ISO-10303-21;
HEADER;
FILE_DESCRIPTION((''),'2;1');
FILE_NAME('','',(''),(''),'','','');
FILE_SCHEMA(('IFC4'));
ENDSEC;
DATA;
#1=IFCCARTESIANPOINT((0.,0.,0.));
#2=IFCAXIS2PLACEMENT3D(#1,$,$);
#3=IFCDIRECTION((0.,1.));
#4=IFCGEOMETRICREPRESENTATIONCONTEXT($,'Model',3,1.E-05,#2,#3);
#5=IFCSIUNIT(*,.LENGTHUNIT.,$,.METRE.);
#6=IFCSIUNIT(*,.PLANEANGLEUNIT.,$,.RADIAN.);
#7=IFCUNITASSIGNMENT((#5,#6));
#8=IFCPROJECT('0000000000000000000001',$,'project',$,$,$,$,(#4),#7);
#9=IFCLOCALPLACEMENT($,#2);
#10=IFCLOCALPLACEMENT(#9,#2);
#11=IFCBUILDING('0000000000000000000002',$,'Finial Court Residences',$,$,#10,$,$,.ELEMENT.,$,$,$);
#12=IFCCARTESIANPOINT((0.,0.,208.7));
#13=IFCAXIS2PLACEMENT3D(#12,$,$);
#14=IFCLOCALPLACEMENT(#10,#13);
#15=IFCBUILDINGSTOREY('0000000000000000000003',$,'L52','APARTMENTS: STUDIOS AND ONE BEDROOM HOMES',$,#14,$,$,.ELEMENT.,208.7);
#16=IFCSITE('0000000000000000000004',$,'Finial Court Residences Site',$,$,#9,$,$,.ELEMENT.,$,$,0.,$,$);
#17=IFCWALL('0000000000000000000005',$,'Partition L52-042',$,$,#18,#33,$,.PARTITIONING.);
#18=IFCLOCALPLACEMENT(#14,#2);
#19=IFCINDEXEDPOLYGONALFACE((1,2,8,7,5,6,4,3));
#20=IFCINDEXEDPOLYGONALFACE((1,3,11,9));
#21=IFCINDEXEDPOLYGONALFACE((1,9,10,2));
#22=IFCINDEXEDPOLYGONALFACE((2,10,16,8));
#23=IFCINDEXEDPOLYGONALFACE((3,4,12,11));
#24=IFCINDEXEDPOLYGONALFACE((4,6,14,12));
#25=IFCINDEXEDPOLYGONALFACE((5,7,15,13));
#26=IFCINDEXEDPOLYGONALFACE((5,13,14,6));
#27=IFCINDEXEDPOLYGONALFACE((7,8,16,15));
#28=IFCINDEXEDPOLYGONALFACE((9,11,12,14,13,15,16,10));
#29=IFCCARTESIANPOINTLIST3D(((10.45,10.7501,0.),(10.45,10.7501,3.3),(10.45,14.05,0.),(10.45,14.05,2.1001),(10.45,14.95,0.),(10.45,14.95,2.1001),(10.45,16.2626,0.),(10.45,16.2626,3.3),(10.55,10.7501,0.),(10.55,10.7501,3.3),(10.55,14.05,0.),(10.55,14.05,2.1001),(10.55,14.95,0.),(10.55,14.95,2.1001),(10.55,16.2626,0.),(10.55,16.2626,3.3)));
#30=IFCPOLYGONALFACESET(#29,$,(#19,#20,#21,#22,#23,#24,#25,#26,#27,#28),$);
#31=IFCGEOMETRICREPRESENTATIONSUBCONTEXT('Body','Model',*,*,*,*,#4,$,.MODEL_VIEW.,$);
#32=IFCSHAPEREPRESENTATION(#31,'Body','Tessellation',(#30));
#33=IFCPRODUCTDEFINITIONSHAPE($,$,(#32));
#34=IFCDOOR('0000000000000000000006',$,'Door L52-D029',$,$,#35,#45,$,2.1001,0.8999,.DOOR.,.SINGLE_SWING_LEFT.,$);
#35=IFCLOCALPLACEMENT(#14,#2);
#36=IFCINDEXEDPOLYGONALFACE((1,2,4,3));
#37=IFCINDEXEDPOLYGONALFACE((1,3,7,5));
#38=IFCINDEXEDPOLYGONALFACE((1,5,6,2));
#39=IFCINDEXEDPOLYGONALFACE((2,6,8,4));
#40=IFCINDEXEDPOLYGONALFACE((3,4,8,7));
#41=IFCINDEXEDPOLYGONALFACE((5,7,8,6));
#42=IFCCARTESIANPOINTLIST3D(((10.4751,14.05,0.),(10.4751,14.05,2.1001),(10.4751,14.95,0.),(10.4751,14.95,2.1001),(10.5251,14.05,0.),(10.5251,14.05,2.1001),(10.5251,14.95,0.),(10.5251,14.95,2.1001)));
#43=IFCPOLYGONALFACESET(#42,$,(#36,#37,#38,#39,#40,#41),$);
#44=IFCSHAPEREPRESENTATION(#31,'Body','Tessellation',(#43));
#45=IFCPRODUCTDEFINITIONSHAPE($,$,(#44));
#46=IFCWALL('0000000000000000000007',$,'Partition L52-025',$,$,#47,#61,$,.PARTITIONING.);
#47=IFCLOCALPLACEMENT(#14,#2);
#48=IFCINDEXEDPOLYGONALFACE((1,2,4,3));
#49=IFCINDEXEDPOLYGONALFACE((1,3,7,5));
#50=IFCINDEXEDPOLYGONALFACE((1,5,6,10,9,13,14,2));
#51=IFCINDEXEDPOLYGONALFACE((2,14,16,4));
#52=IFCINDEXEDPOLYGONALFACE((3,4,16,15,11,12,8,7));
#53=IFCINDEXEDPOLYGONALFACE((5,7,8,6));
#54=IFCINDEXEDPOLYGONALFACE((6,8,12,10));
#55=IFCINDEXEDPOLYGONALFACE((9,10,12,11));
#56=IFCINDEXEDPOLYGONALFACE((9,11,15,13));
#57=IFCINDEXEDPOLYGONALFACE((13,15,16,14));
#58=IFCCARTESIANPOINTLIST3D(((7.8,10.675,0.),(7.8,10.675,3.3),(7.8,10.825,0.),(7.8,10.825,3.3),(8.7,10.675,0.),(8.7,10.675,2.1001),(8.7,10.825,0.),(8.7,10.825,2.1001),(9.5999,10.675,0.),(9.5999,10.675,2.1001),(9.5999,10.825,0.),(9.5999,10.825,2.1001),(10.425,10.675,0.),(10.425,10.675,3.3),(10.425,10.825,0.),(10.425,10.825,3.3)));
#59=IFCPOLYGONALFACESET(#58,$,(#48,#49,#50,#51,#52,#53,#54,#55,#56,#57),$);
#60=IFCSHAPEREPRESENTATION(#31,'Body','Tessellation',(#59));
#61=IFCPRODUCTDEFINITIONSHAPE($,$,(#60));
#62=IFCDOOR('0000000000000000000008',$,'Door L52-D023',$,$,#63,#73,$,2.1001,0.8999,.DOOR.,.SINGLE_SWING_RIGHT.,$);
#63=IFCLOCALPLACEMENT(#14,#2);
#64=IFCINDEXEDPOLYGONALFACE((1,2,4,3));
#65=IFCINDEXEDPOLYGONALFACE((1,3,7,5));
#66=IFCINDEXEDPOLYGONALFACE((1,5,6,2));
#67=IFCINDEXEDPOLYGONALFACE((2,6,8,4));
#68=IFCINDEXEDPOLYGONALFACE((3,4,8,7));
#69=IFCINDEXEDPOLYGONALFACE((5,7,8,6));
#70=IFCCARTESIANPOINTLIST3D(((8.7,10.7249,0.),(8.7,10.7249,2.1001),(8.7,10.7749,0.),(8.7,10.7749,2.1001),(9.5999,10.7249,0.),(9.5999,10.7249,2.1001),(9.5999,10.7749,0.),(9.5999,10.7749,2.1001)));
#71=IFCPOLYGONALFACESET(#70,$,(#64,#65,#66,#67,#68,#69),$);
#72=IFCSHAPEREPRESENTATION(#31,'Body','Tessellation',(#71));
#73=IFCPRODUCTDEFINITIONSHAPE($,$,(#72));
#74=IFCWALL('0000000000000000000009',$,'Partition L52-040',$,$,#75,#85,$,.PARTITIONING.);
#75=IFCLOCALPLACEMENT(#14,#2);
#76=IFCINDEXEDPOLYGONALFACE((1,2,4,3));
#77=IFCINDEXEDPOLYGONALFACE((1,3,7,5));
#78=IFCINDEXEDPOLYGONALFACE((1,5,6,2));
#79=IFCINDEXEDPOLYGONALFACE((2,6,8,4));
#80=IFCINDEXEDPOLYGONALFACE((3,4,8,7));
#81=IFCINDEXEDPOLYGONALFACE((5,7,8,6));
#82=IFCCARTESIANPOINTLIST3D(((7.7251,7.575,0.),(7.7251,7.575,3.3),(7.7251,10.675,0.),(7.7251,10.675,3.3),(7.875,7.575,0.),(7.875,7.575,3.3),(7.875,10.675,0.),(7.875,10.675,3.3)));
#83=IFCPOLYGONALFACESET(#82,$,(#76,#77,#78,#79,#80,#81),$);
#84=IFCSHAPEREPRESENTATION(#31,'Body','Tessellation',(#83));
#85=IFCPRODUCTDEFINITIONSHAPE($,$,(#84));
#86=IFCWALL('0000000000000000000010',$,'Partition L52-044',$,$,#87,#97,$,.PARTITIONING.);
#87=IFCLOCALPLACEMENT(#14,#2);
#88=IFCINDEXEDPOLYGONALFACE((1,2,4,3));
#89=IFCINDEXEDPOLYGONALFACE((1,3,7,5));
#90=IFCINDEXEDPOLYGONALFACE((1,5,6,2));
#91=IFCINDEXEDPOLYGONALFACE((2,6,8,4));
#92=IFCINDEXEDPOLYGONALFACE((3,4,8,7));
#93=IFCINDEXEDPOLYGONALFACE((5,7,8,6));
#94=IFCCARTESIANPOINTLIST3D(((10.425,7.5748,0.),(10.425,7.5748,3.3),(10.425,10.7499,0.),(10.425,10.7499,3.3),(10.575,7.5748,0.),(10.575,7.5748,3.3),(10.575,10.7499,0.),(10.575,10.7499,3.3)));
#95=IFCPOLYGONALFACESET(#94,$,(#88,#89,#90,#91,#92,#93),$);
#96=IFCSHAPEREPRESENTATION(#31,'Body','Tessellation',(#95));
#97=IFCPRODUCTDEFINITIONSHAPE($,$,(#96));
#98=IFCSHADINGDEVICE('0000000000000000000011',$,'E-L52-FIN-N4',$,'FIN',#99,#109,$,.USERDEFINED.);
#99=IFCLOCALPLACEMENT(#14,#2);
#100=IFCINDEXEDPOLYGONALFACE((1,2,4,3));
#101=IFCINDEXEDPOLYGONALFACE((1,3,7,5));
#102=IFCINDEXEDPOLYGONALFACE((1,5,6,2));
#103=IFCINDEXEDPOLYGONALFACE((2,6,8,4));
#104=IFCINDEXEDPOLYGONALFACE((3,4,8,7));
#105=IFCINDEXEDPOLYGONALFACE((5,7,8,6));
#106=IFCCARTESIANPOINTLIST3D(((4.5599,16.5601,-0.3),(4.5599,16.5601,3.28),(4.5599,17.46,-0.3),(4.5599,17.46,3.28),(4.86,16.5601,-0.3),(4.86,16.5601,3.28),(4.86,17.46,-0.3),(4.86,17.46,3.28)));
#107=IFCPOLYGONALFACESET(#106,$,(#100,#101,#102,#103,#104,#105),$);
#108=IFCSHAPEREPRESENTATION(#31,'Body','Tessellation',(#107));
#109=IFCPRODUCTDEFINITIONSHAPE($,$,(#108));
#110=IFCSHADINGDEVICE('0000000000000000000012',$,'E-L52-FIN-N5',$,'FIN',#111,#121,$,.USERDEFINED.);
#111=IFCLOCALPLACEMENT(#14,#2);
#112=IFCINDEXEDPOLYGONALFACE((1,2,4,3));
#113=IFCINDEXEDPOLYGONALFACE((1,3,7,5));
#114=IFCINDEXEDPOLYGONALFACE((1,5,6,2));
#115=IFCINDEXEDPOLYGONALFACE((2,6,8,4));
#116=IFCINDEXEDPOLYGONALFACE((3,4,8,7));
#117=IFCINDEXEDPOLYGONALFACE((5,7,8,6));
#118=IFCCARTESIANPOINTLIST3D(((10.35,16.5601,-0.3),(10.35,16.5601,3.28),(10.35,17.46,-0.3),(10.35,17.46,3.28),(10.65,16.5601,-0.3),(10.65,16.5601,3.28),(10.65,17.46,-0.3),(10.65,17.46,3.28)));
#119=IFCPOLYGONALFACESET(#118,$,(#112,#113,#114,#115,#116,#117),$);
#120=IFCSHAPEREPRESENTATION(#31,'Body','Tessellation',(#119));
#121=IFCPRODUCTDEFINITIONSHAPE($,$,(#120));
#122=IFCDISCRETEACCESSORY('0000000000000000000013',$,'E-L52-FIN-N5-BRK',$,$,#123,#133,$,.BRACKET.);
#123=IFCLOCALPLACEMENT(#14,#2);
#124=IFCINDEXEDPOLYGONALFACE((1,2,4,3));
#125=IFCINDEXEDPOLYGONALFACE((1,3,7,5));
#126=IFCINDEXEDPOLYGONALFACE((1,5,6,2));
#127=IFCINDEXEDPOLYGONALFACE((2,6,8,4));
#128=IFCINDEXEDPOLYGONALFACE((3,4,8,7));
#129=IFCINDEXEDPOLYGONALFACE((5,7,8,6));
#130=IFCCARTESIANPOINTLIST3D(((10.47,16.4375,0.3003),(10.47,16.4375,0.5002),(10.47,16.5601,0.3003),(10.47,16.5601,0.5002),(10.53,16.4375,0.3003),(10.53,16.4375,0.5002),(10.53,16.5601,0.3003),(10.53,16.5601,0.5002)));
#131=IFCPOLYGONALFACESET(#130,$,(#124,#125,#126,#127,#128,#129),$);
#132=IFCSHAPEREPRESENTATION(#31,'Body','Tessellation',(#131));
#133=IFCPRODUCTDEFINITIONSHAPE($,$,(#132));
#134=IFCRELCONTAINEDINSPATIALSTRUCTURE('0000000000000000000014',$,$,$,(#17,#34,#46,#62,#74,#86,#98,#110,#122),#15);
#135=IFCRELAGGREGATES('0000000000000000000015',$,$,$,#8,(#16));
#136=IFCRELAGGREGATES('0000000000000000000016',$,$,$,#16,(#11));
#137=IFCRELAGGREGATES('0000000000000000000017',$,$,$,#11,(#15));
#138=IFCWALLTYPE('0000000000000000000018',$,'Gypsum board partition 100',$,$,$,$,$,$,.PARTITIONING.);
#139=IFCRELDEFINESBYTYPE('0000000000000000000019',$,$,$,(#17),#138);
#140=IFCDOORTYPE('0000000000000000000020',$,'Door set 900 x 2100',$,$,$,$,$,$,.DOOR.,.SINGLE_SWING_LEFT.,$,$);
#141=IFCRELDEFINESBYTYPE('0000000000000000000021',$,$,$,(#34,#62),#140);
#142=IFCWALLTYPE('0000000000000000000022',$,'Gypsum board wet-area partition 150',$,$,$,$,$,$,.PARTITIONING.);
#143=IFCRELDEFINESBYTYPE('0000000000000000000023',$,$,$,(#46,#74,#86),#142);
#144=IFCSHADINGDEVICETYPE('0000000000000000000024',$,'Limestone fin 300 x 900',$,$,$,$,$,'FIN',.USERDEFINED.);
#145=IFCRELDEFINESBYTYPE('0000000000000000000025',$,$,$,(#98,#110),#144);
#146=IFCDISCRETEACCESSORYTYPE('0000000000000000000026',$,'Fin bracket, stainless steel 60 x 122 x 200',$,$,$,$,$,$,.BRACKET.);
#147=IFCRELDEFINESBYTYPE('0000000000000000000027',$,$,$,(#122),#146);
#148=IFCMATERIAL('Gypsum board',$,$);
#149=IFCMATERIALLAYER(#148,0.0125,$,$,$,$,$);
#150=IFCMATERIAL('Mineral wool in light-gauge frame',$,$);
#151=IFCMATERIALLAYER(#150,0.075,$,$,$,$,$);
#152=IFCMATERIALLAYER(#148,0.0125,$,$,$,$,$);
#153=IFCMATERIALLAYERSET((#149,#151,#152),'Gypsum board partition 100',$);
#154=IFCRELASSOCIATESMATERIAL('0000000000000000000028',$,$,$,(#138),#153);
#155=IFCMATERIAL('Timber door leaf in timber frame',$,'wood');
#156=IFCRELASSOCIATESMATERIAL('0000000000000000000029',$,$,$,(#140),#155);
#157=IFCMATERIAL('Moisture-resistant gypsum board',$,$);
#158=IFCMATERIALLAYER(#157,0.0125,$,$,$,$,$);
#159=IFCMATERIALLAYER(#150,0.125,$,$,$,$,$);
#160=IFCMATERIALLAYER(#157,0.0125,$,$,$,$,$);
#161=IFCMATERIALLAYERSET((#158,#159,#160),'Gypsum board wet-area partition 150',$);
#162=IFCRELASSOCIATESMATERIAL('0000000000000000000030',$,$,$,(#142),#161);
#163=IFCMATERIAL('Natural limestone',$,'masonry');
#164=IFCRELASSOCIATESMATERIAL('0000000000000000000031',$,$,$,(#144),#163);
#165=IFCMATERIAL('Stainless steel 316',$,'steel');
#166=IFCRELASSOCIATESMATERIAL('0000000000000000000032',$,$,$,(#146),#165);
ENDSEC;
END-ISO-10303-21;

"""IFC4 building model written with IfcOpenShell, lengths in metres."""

from ifc_helpers import new_model, si_unit, direction, frame, frame_2d, origin, origin_2d, place, context, subcontext, project, spatial, rectangle, extrude, material, layer, layer_set, type_object, element, fill, save


model = new_model("IFC4")

# Units and contexts
model_context = context("Model", 3, precision=1e-05, world=origin(), true_north=direction((0.0, 1.0)))
body_context = subcontext(model_context, "Body", "Model", "MODEL_VIEW")
ifc_project = project(units=[si_unit("LENGTHUNIT", "METRE"), si_unit("PLANEANGLEUNIT", "RADIAN")], contexts=[model_context])

# Site, building, storey
site_placement = place(None, origin())
site = spatial("IfcSite", under=ifc_project, at=site_placement, Name="Finial Court Residences Site", CompositionType="ELEMENT", RefElevation=0.0)
building_placement = place(site_placement, origin())
building = spatial("IfcBuilding", under=site, at=building_placement, Name="Finial Court Residences", CompositionType="ELEMENT")
storey_placement = place(building_placement, frame((0.0, 0.0, 208.7)))
storey = spatial("IfcBuildingStorey", under=building, at=storey_placement, Name="L52", Description="APARTMENTS: STUDIOS AND ONE BEDROOM HOMES", CompositionType="ELEMENT", Elevation=208.7)

# Walls, openings, doors
ifc_material_1 = material(Name="Gypsum board")
ifc_layer_1 = layer(ifc_material_1, 0.0125)
ifc_material_2 = material(Name="Mineral wool in light-gauge frame")
ifc_layer_2 = layer(ifc_material_2, 0.075)
ifc_layer_3 = layer(ifc_material_1, 0.0125)
ifc_layer_set_1 = layer_set([ifc_layer_1, ifc_layer_2, ifc_layer_3], Name="Gypsum board partition 100")
wall_type_1 = type_object("IfcWallType", Name="Gypsum board partition 100", PredefinedType="PARTITIONING", material=ifc_layer_set_1)
ifc_material_3 = material(Name="Timber door leaf in timber frame", Category="wood")
door_type = type_object("IfcDoorType", Name="Door set 900 x 2100", OperationType="SINGLE_SWING_LEFT", PredefinedType="DOOR", material=ifc_material_3)
wall_1_placement = place(storey_placement, frame((10.5, 10.75, 0.0), z_axis=(0.0, 0.0, 1.0), x_axis=(0.0, 1.0, 0.0)))
wall_1 = element("IfcWall", 1, at=wall_1_placement, inside=storey, type_object=wall_type_1, Name="Partition L52-042", PredefinedType="PARTITIONING", context=body_context, shape_type="SweptSolid", body=[
    extrude(rectangle(XDim=5.5125, YDim=0.1001, at=frame_2d((2.7563, 0.0))), origin(), (0.0, 0.0, 1.0), 3.3),
])
opening_1_placement = place(wall_1_placement, frame((3.3, 0.0, 0.0)))
opening_1 = element("IfcOpeningElement", 2, at=opening_1_placement, cuts=wall_1, PredefinedType="OPENING", context=body_context, shape_type="SweptSolid", body=[
    extrude(rectangle(XDim=0.8999, YDim=2.1001, at=frame_2d((0.45, 1.05))), frame((0.0, 0.0601, 0.0), z_axis=(0.0, -1.0, 0.0), x_axis=(1.0, 0.0, 0.0)), (0.0, 0.0, 1.0), 0.1201),
])
door_1_placement = place(opening_1_placement, origin())
door_1 = element("IfcDoor", 3, at=door_1_placement, inside=storey, type_object=door_type, Name="Door L52-D029", OperationType="SINGLE_SWING_LEFT", OverallHeight=2.1001, OverallWidth=0.8999, PredefinedType="DOOR", context=body_context, shape_type="SweptSolid", body=[
    extrude(rectangle(XDim=0.8999, YDim=2.1001, at=frame_2d((0.45, 1.05))), frame((0.0, 0.0249, 0.0), z_axis=(0.0, -1.0, 0.0), x_axis=(1.0, 0.0, 0.0)), (0.0, 0.0, 1.0), 0.05),
])
fill(opening_1, door_1)
ifc_material_4 = material(Name="Moisture-resistant gypsum board")
ifc_layer_4 = layer(ifc_material_4, 0.0125)
ifc_layer_5 = layer(ifc_material_2, 0.125)
ifc_layer_6 = layer(ifc_material_4, 0.0125)
ifc_layer_set_2 = layer_set([ifc_layer_4, ifc_layer_5, ifc_layer_6], Name="Gypsum board wet-area partition 150")
wall_type_2 = type_object("IfcWallType", Name="Gypsum board wet-area partition 150", PredefinedType="PARTITIONING", material=ifc_layer_set_2)
wall_2_placement = place(storey_placement, frame((7.8, 10.75, 0.0), z_axis=(0.0, 0.0, 1.0), x_axis=(1.0, 0.0, 0.0)))
wall_2 = element("IfcWall", 4, at=wall_2_placement, inside=storey, type_object=wall_type_2, Name="Partition L52-025", PredefinedType="PARTITIONING", context=body_context, shape_type="SweptSolid", body=[
    extrude(rectangle(XDim=2.625, YDim=0.1499, at=frame_2d((1.3125, 0.0))), origin(), (0.0, 0.0, 1.0), 3.3),
])
opening_2_placement = place(wall_2_placement, frame((0.8999, 0.0, 0.0)))
opening_2 = element("IfcOpeningElement", 5, at=opening_2_placement, cuts=wall_2, PredefinedType="OPENING", context=body_context, shape_type="SweptSolid", body=[
    extrude(rectangle(XDim=0.8999, YDim=2.1001, at=frame_2d((0.45, 1.05))), frame((0.0, 0.085, 0.0), z_axis=(0.0, -1.0, 0.0), x_axis=(1.0, 0.0, 0.0)), (0.0, 0.0, 1.0), 0.1699),
])
door_2_placement = place(opening_2_placement, origin())
door_2 = element("IfcDoor", 6, at=door_2_placement, inside=storey, type_object=door_type, Name="Door L52-D023", OperationType="SINGLE_SWING_RIGHT", OverallHeight=2.1001, OverallWidth=0.8999, PredefinedType="DOOR", context=body_context, shape_type="SweptSolid", body=[
    extrude(rectangle(XDim=0.8999, YDim=2.1001, at=frame_2d((0.45, 1.05))), frame((0.0, 0.0249, 0.0), z_axis=(0.0, -1.0, 0.0), x_axis=(1.0, 0.0, 0.0)), (0.0, 0.0, 1.0), 0.05),
])
fill(opening_2, door_2)

# Walls
wall_3_placement = place(storey_placement, frame((7.8, 7.575, 0.0), z_axis=(0.0, 0.0, 1.0), x_axis=(0.0, 1.0, 0.0)))
element("IfcWall", 7, at=wall_3_placement, inside=storey, type_object=wall_type_2, Name="Partition L52-040", PredefinedType="PARTITIONING", context=body_context, shape_type="SweptSolid", body=[
    extrude(rectangle(XDim=3.1001, YDim=0.1499, at=frame_2d((1.55, 0.0))), origin(), (0.0, 0.0, 1.0), 3.3),
])
wall_4_placement = place(storey_placement, frame((10.5, 7.575, 0.0), z_axis=(0.0, 0.0, 1.0), x_axis=(0.0, 1.0, 0.0)))
element("IfcWall", 8, at=wall_4_placement, inside=storey, type_object=wall_type_2, Name="Partition L52-044", PredefinedType="PARTITIONING", context=body_context, shape_type="SweptSolid", body=[
    extrude(rectangle(XDim=3.175, YDim=0.1499, at=frame_2d((1.5874, 0.0))), origin(), (0.0, 0.0, 1.0), 3.3),
])

# Shading devices
ifc_material_5 = material(Name="Natural limestone", Category="masonry")
shading_device_type = type_object("IfcShadingDeviceType", Name="Limestone fin 300 x 900", ElementType="FIN", PredefinedType="USERDEFINED", material=ifc_material_5)
for number, where, z_axis, x_axis, name in (
    (9, (4.71, 17.01, -0.3), (0.0, 0.0, 1.0), (1.0, 0.0, 0.0), "E-L52-FIN-N4"),
    (10, (10.5, 17.01, -0.3), (0.0, 0.0, 1.0), (1.0, 0.0, 0.0), "E-L52-FIN-N5"),
):
    element("IfcShadingDevice", number, at=place(storey_placement, frame(where, z_axis=z_axis, x_axis=x_axis)), inside=storey, type_object=shading_device_type, Name=name, ObjectType="FIN", PredefinedType="USERDEFINED", context=body_context, shape_type="SweptSolid", body=[
        extrude(rectangle(XDim=0.3, YDim=0.8999, at=origin_2d()), origin(), (0.0, 0.0, 1.0), 3.5801),
    ])

# Discrete accessory
ifc_material_6 = material(Name="Stainless steel 316", Category="steel")
discrete_accessory_type = type_object("IfcDiscreteAccessoryType", Name="Fin bracket, stainless steel 60 x 122 x 200", PredefinedType="BRACKET", material=ifc_material_6)
discrete_accessory_placement = place(storey_placement, frame((10.5, 16.4988, 0.3003), z_axis=(0.0, 0.0, 1.0), x_axis=(1.0, 0.0, 0.0)))
element("IfcDiscreteAccessory", 11, at=discrete_accessory_placement, inside=storey, type_object=discrete_accessory_type, Name="E-L52-FIN-N5-BRK", PredefinedType="BRACKET", context=body_context, shape_type="SweptSolid", body=[
    extrude(rectangle(XDim=0.0601, YDim=0.1226, at=origin_2d()), origin(), (0.0, 0.0, 1.0), 0.2),
])

save(model, "model.ifc")
